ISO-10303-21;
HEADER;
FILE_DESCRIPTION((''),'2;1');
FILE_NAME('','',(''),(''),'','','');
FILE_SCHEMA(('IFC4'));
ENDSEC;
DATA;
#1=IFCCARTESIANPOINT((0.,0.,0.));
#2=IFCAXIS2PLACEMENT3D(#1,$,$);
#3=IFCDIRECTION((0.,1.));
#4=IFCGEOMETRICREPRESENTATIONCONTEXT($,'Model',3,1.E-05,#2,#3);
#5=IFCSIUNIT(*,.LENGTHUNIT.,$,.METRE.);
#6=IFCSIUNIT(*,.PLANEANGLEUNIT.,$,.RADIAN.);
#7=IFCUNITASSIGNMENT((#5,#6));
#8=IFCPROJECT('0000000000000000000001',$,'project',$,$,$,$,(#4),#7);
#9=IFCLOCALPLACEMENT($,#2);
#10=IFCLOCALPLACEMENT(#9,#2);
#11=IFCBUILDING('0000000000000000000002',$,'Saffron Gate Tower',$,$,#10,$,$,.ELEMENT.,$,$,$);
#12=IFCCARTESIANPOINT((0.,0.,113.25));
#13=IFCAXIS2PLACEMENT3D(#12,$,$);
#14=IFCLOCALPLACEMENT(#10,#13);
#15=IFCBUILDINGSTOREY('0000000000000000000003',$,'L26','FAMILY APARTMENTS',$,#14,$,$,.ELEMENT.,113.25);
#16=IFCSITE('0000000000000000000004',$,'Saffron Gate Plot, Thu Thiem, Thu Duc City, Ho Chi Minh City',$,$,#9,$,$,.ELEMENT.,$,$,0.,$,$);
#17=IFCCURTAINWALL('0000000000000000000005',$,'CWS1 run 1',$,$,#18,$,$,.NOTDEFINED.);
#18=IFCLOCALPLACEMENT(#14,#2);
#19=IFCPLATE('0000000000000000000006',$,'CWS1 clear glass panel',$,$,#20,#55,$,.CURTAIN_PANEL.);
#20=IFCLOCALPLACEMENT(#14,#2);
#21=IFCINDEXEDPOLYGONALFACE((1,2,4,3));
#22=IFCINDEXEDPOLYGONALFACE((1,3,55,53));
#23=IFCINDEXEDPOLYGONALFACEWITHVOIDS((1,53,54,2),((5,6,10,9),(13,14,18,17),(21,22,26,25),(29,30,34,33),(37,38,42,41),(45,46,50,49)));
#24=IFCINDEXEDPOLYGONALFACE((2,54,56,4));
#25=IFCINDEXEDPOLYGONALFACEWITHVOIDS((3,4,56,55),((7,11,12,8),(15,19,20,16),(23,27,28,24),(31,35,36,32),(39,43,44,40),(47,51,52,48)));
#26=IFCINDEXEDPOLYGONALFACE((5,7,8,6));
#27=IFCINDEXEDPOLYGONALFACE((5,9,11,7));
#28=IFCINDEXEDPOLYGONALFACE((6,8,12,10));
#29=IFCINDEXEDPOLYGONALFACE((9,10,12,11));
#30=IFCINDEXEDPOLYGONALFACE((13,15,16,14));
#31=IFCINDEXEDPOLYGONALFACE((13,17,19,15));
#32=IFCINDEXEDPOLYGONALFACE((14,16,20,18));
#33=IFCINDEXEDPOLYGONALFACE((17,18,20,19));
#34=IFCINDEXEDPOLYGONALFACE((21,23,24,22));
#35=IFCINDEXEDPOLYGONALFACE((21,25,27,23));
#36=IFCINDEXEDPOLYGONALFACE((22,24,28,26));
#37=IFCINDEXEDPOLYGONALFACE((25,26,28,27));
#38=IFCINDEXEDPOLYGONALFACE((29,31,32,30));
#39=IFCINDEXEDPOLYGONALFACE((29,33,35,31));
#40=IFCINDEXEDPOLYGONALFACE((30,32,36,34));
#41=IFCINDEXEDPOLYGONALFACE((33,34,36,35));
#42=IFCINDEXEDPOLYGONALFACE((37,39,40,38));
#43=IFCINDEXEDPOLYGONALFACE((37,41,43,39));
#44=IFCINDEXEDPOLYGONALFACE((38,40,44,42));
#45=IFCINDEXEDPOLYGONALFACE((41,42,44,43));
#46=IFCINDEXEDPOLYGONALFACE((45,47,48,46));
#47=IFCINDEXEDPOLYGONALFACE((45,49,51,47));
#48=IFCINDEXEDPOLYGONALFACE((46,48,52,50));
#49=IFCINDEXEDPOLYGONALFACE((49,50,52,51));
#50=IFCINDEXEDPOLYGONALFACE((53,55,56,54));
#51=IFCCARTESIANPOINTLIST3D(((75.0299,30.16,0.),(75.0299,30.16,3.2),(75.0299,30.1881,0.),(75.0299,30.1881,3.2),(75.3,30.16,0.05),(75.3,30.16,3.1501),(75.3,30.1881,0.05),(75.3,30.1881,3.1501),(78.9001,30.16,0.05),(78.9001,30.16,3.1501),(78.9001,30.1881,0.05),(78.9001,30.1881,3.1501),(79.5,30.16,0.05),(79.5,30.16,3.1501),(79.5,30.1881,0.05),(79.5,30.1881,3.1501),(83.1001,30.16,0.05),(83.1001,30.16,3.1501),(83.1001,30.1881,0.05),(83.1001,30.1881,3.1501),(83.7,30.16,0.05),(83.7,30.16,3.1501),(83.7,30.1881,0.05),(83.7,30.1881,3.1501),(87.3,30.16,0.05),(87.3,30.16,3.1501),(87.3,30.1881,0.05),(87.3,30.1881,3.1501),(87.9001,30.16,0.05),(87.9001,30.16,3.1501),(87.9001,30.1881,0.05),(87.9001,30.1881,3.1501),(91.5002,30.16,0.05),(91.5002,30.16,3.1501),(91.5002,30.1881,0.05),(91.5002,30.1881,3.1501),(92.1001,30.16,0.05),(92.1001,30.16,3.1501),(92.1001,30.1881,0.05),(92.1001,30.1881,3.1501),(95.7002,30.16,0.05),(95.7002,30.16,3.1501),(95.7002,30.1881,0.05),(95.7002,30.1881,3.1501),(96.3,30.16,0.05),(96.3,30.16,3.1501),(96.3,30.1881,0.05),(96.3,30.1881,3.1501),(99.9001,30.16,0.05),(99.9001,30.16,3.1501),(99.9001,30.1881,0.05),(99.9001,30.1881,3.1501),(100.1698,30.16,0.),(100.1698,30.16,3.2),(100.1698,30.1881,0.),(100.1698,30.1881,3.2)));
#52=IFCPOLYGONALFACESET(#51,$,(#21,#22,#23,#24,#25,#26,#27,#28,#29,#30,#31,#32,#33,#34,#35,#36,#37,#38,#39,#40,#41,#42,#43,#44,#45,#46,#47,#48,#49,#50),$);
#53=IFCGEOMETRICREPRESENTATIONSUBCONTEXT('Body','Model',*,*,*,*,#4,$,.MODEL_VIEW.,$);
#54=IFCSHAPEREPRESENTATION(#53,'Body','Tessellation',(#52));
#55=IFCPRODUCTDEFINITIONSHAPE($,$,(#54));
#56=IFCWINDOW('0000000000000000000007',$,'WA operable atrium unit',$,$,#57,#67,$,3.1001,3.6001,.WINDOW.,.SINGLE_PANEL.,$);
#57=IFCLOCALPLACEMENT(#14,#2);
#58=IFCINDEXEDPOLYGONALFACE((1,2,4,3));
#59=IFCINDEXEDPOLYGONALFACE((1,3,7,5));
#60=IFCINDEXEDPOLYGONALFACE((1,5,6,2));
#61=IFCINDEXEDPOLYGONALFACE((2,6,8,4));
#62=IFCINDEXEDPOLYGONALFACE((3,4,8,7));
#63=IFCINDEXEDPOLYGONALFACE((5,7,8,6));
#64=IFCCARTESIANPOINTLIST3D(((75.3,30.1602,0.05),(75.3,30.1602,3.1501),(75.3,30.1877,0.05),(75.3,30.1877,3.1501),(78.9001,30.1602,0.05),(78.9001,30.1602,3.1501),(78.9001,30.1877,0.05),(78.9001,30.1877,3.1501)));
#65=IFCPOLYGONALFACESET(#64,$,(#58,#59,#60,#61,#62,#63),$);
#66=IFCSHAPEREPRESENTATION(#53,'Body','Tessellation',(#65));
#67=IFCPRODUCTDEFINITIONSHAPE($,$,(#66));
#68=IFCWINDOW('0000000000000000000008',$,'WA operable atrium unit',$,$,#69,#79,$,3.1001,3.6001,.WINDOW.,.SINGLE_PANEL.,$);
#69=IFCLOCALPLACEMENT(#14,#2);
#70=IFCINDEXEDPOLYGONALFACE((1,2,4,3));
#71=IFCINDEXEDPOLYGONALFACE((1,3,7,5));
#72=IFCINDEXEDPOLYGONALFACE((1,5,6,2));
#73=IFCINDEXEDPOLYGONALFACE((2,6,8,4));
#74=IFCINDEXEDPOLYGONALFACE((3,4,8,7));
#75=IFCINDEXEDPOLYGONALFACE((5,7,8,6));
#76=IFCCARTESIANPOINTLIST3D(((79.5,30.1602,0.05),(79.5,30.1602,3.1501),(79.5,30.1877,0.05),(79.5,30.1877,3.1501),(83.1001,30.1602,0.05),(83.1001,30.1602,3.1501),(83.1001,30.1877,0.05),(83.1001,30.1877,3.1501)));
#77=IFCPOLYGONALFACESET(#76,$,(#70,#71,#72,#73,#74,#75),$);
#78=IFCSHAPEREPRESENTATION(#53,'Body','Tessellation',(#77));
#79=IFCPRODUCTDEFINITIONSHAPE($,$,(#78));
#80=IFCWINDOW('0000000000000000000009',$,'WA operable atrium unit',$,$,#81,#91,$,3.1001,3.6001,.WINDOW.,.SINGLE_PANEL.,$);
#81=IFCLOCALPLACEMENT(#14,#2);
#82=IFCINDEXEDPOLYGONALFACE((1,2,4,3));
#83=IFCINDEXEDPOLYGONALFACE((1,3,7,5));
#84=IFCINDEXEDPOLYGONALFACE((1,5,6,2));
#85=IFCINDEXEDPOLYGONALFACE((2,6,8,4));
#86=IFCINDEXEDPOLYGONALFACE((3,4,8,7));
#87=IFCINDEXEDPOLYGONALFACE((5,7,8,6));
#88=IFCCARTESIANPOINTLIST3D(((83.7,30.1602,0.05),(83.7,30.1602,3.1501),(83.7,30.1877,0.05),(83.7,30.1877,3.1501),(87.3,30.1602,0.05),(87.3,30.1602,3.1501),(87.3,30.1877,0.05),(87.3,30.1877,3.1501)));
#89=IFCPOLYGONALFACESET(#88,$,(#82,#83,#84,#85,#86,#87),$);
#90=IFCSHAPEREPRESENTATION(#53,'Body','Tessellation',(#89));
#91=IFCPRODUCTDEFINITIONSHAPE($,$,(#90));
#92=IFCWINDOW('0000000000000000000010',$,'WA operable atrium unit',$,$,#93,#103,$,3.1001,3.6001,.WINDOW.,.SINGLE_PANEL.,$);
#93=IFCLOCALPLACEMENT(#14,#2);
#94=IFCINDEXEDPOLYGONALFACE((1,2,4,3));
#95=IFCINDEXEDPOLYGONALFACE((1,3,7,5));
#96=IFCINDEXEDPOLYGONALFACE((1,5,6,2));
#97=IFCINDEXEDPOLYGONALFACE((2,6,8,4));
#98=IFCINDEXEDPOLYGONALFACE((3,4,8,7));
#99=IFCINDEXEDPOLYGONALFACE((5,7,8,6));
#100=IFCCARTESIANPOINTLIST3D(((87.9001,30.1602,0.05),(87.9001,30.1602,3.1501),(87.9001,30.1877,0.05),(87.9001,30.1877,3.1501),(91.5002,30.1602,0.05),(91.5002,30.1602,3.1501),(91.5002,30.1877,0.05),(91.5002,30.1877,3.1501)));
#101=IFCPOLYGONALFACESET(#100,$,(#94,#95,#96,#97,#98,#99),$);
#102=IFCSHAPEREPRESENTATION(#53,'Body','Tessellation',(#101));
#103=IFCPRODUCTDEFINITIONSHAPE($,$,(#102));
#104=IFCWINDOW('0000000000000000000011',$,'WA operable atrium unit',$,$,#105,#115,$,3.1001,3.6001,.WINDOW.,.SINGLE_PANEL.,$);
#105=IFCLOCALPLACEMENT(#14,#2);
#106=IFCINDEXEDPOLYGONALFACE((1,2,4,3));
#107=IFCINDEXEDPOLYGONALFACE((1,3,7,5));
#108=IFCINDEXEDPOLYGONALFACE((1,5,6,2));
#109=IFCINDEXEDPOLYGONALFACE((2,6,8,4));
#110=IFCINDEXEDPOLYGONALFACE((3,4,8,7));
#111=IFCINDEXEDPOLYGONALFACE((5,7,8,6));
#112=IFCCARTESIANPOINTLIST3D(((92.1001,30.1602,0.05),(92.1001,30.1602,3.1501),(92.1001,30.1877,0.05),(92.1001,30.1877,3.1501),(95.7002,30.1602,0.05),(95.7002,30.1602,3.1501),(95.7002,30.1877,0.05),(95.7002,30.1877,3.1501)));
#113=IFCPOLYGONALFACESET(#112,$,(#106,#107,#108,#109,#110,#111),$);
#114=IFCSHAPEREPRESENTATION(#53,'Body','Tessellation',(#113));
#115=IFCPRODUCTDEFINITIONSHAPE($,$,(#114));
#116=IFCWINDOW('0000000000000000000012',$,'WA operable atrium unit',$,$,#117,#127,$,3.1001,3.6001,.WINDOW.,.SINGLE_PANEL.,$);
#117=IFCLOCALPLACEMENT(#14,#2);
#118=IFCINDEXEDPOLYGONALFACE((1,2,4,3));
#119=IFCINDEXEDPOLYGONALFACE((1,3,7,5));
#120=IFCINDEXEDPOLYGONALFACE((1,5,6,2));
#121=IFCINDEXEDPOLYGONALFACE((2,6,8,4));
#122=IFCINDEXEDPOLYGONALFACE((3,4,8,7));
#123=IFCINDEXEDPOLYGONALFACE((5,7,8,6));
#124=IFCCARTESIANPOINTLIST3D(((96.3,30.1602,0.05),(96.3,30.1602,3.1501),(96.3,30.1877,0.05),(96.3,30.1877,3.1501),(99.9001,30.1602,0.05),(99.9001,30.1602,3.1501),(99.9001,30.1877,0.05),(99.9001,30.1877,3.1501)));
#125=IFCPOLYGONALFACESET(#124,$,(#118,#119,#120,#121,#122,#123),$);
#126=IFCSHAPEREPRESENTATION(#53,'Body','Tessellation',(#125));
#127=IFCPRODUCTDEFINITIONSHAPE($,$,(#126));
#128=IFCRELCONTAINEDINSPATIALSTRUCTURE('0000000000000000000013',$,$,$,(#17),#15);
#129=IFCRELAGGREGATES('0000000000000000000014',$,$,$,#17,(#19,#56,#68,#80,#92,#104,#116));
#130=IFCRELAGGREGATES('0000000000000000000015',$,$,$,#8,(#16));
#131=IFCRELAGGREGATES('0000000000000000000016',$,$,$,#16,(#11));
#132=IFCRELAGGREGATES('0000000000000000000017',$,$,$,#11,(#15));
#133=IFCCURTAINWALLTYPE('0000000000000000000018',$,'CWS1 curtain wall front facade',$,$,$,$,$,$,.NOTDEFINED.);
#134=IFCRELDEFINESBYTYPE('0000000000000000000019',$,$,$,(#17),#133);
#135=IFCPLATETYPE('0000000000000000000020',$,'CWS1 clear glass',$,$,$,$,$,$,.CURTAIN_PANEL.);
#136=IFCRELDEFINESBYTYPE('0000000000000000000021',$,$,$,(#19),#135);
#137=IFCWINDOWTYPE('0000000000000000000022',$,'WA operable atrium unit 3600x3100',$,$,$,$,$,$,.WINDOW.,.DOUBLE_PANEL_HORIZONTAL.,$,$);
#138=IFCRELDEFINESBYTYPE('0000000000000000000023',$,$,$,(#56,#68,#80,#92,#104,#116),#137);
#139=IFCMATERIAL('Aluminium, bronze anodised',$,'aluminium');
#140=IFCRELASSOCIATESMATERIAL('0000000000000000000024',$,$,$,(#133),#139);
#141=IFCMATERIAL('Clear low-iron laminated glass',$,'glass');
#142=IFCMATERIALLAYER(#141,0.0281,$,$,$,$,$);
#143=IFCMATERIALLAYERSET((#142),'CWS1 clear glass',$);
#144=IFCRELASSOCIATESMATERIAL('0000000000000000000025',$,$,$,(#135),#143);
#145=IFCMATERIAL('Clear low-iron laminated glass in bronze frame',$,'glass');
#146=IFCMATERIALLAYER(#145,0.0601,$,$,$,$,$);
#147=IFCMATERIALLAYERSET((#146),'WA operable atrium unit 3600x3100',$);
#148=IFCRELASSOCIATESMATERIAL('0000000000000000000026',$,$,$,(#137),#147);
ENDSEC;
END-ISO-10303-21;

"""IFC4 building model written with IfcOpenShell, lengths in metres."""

from ifc_helpers import new_model, si_unit, direction, frame, frame_2d, origin, place, context, subcontext, project, spatial, rectangle, extrude, material, layer, layer_set, type_object, element, fill, aggregate, save


model = new_model("IFC4")

# Units and contexts
model_context = context("Model", 3, precision=1e-05, world=origin(), true_north=direction((0.0, 1.0)))
body_context = subcontext(model_context, "Body", "Model", "MODEL_VIEW")
ifc_project = project(units=[si_unit("LENGTHUNIT", "METRE"), si_unit("PLANEANGLEUNIT", "RADIAN")], contexts=[model_context])

# Site, building, storey
site_placement = place(None, origin())
site = spatial("IfcSite", under=ifc_project, at=site_placement, Name="Saffron Gate Plot, Thu Thiem, Thu Duc City, Ho Chi Minh City", CompositionType="ELEMENT", RefElevation=0.0)
building_placement = place(site_placement, origin())
building = spatial("IfcBuilding", under=site, at=building_placement, Name="Saffron Gate Tower", CompositionType="ELEMENT")
storey_placement = place(building_placement, frame((0.0, 0.0, 113.25)))
storey = spatial("IfcBuildingStorey", under=building, at=storey_placement, Name="L26", Description="FAMILY APARTMENTS", CompositionType="ELEMENT", Elevation=113.25)

# Curtain wall, plate, openings, windows
ifc_material_1 = material(Name="Aluminium, bronze anodised", Category="aluminium")
curtain_wall_type = type_object("IfcCurtainWallType", Name="CWS1 curtain wall front facade", PredefinedType="NOTDEFINED", material=ifc_material_1)
curtain_wall_placement = place(storey_placement, origin())
curtain_wall = element("IfcCurtainWall", 1, at=curtain_wall_placement, inside=storey, type_object=curtain_wall_type, Name="CWS1 run 1", PredefinedType="NOTDEFINED")
ifc_material_2 = material(Name="Clear low-iron laminated glass", Category="glass")
ifc_layer_1 = layer(ifc_material_2, 0.0281)
ifc_layer_set_1 = layer_set([ifc_layer_1], Name="CWS1 clear glass")
plate_type = type_object("IfcPlateType", Name="CWS1 clear glass", PredefinedType="CURTAIN_PANEL", material=ifc_layer_set_1)
plate_placement = place(storey_placement, frame((75.03, 30.1741, 0.0), z_axis=(0.0, 0.0, 1.0), x_axis=(1.0, 0.0, 0.0)))
plate = element("IfcPlate", 2, at=plate_placement, type_object=plate_type, Name="CWS1 clear glass panel", PredefinedType="CURTAIN_PANEL", context=body_context, shape_type="SweptSolid", body=[
    extrude(rectangle(XDim=25.1399, YDim=0.0281, at=frame_2d((12.5698, 0.0))), origin(), (0.0, 0.0, 1.0), 3.2),
])
opening_1_placement = place(plate_placement, frame((0.27, 0.0, 0.05)))
opening_1 = element("IfcOpeningElement", 3, at=opening_1_placement, cuts=plate, PredefinedType="OPENING", context=body_context, shape_type="SweptSolid", body=[
    extrude(rectangle(XDim=3.6001, YDim=3.1001, at=frame_2d((1.8, 1.55))), frame((0.0, 0.0239, 0.0), z_axis=(0.0, -1.0, 0.0), x_axis=(1.0, 0.0, 0.0)), (0.0, 0.0, 1.0), 0.0481),
])
opening_2_placement = place(plate_placement, frame((4.47, 0.0, 0.05)))
opening_2 = element("IfcOpeningElement", 4, at=opening_2_placement, cuts=plate, PredefinedType="OPENING", context=body_context, shape_type="SweptSolid", body=[
    extrude(rectangle(XDim=3.6001, YDim=3.1001, at=frame_2d((1.8, 1.55))), frame((0.0, 0.0239, 0.0), z_axis=(0.0, -1.0, 0.0), x_axis=(1.0, 0.0, 0.0)), (0.0, 0.0, 1.0), 0.0481),
])
opening_3_placement = place(plate_placement, frame((8.6699, 0.0, 0.05)))
opening_3 = element("IfcOpeningElement", 5, at=opening_3_placement, cuts=plate, PredefinedType="OPENING", context=body_context, shape_type="SweptSolid", body=[
    extrude(rectangle(XDim=3.6001, YDim=3.1001, at=frame_2d((1.8, 1.55))), frame((0.0, 0.0239, 0.0), z_axis=(0.0, -1.0, 0.0), x_axis=(1.0, 0.0, 0.0)), (0.0, 0.0, 1.0), 0.0481),
])
opening_4_placement = place(plate_placement, frame((12.8701, 0.0, 0.05)))
opening_4 = element("IfcOpeningElement", 6, at=opening_4_placement, cuts=plate, PredefinedType="OPENING", context=body_context, shape_type="SweptSolid", body=[
    extrude(rectangle(XDim=3.6001, YDim=3.1001, at=frame_2d((1.8, 1.55))), frame((0.0, 0.0239, 0.0), z_axis=(0.0, -1.0, 0.0), x_axis=(1.0, 0.0, 0.0)), (0.0, 0.0, 1.0), 0.0481),
])
opening_5_placement = place(plate_placement, frame((17.0701, 0.0, 0.05)))
opening_5 = element("IfcOpeningElement", 7, at=opening_5_placement, cuts=plate, PredefinedType="OPENING", context=body_context, shape_type="SweptSolid", body=[
    extrude(rectangle(XDim=3.6001, YDim=3.1001, at=frame_2d((1.8, 1.55))), frame((0.0, 0.0239, 0.0), z_axis=(0.0, -1.0, 0.0), x_axis=(1.0, 0.0, 0.0)), (0.0, 0.0, 1.0), 0.0481),
])
opening_6_placement = place(plate_placement, frame((21.27, 0.0, 0.05)))
opening_6 = element("IfcOpeningElement", 8, at=opening_6_placement, cuts=plate, PredefinedType="OPENING", context=body_context, shape_type="SweptSolid", body=[
    extrude(rectangle(XDim=3.6001, YDim=3.1001, at=frame_2d((1.8, 1.55))), frame((0.0, 0.0239, 0.0), z_axis=(0.0, -1.0, 0.0), x_axis=(1.0, 0.0, 0.0)), (0.0, 0.0, 1.0), 0.0481),
])
ifc_material_3 = material(Name="Clear low-iron laminated glass in bronze frame", Category="glass")
ifc_layer_2 = layer(ifc_material_3, 0.0601)
ifc_layer_set_2 = layer_set([ifc_layer_2], Name="WA operable atrium unit 3600x3100")
window_type = type_object("IfcWindowType", Name="WA operable atrium unit 3600x3100", PartitioningType="DOUBLE_PANEL_HORIZONTAL", PredefinedType="WINDOW", material=ifc_layer_set_2)
window_1_placement = place(opening_1_placement, origin())
window_1 = element("IfcWindow", 9, at=window_1_placement, type_object=window_type, Name="WA operable atrium unit", OverallHeight=3.1001, OverallWidth=3.6001, PartitioningType="SINGLE_PANEL", PredefinedType="WINDOW", context=body_context, shape_type="SweptSolid", body=[
    extrude(rectangle(XDim=3.6001, YDim=3.1001, at=frame_2d((1.8, 1.55))), frame((0.0, 0.0137, 0.0), z_axis=(0.0, -1.0, 0.0), x_axis=(1.0, 0.0, 0.0)), (0.0, 0.0, 1.0), 0.0276),
])
fill(opening_1, window_1)
window_2_placement = place(opening_2_placement, origin())
window_2 = element("IfcWindow", 10, at=window_2_placement, type_object=window_type, Name="WA operable atrium unit", OverallHeight=3.1001, OverallWidth=3.6001, PartitioningType="SINGLE_PANEL", PredefinedType="WINDOW", context=body_context, shape_type="SweptSolid", body=[
    extrude(rectangle(XDim=3.6001, YDim=3.1001, at=frame_2d((1.8, 1.55))), frame((0.0, 0.0137, 0.0), z_axis=(0.0, -1.0, 0.0), x_axis=(1.0, 0.0, 0.0)), (0.0, 0.0, 1.0), 0.0276),
])
fill(opening_2, window_2)
window_3_placement = place(opening_3_placement, origin())
window_3 = element("IfcWindow", 11, at=window_3_placement, type_object=window_type, Name="WA operable atrium unit", OverallHeight=3.1001, OverallWidth=3.6001, PartitioningType="SINGLE_PANEL", PredefinedType="WINDOW", context=body_context, shape_type="SweptSolid", body=[
    extrude(rectangle(XDim=3.6001, YDim=3.1001, at=frame_2d((1.8, 1.55))), frame((0.0, 0.0137, 0.0), z_axis=(0.0, -1.0, 0.0), x_axis=(1.0, 0.0, 0.0)), (0.0, 0.0, 1.0), 0.0276),
])
fill(opening_3, window_3)
window_4_placement = place(opening_4_placement, origin())
window_4 = element("IfcWindow", 12, at=window_4_placement, type_object=window_type, Name="WA operable atrium unit", OverallHeight=3.1001, OverallWidth=3.6001, PartitioningType="SINGLE_PANEL", PredefinedType="WINDOW", context=body_context, shape_type="SweptSolid", body=[
    extrude(rectangle(XDim=3.6001, YDim=3.1001, at=frame_2d((1.8, 1.55))), frame((0.0, 0.0137, 0.0), z_axis=(0.0, -1.0, 0.0), x_axis=(1.0, 0.0, 0.0)), (0.0, 0.0, 1.0), 0.0276),
])
fill(opening_4, window_4)
window_5_placement = place(opening_5_placement, origin())
window_5 = element("IfcWindow", 13, at=window_5_placement, type_object=window_type, Name="WA operable atrium unit", OverallHeight=3.1001, OverallWidth=3.6001, PartitioningType="SINGLE_PANEL", PredefinedType="WINDOW", context=body_context, shape_type="SweptSolid", body=[
    extrude(rectangle(XDim=3.6001, YDim=3.1001, at=frame_2d((1.8, 1.55))), frame((0.0, 0.0137, 0.0), z_axis=(0.0, -1.0, 0.0), x_axis=(1.0, 0.0, 0.0)), (0.0, 0.0, 1.0), 0.0276),
])
fill(opening_5, window_5)
window_6_placement = place(opening_6_placement, origin())
window_6 = element("IfcWindow", 14, at=window_6_placement, type_object=window_type, Name="WA operable atrium unit", OverallHeight=3.1001, OverallWidth=3.6001, PartitioningType="SINGLE_PANEL", PredefinedType="WINDOW", context=body_context, shape_type="SweptSolid", body=[
    extrude(rectangle(XDim=3.6001, YDim=3.1001, at=frame_2d((1.8, 1.55))), frame((0.0, 0.0137, 0.0), z_axis=(0.0, -1.0, 0.0), x_axis=(1.0, 0.0, 0.0)), (0.0, 0.0, 1.0), 0.0276),
])
fill(opening_6, window_6)
aggregate(curtain_wall, [plate, window_1, window_2, window_3, window_4, window_5, window_6])

save(model, "model.ifc")
